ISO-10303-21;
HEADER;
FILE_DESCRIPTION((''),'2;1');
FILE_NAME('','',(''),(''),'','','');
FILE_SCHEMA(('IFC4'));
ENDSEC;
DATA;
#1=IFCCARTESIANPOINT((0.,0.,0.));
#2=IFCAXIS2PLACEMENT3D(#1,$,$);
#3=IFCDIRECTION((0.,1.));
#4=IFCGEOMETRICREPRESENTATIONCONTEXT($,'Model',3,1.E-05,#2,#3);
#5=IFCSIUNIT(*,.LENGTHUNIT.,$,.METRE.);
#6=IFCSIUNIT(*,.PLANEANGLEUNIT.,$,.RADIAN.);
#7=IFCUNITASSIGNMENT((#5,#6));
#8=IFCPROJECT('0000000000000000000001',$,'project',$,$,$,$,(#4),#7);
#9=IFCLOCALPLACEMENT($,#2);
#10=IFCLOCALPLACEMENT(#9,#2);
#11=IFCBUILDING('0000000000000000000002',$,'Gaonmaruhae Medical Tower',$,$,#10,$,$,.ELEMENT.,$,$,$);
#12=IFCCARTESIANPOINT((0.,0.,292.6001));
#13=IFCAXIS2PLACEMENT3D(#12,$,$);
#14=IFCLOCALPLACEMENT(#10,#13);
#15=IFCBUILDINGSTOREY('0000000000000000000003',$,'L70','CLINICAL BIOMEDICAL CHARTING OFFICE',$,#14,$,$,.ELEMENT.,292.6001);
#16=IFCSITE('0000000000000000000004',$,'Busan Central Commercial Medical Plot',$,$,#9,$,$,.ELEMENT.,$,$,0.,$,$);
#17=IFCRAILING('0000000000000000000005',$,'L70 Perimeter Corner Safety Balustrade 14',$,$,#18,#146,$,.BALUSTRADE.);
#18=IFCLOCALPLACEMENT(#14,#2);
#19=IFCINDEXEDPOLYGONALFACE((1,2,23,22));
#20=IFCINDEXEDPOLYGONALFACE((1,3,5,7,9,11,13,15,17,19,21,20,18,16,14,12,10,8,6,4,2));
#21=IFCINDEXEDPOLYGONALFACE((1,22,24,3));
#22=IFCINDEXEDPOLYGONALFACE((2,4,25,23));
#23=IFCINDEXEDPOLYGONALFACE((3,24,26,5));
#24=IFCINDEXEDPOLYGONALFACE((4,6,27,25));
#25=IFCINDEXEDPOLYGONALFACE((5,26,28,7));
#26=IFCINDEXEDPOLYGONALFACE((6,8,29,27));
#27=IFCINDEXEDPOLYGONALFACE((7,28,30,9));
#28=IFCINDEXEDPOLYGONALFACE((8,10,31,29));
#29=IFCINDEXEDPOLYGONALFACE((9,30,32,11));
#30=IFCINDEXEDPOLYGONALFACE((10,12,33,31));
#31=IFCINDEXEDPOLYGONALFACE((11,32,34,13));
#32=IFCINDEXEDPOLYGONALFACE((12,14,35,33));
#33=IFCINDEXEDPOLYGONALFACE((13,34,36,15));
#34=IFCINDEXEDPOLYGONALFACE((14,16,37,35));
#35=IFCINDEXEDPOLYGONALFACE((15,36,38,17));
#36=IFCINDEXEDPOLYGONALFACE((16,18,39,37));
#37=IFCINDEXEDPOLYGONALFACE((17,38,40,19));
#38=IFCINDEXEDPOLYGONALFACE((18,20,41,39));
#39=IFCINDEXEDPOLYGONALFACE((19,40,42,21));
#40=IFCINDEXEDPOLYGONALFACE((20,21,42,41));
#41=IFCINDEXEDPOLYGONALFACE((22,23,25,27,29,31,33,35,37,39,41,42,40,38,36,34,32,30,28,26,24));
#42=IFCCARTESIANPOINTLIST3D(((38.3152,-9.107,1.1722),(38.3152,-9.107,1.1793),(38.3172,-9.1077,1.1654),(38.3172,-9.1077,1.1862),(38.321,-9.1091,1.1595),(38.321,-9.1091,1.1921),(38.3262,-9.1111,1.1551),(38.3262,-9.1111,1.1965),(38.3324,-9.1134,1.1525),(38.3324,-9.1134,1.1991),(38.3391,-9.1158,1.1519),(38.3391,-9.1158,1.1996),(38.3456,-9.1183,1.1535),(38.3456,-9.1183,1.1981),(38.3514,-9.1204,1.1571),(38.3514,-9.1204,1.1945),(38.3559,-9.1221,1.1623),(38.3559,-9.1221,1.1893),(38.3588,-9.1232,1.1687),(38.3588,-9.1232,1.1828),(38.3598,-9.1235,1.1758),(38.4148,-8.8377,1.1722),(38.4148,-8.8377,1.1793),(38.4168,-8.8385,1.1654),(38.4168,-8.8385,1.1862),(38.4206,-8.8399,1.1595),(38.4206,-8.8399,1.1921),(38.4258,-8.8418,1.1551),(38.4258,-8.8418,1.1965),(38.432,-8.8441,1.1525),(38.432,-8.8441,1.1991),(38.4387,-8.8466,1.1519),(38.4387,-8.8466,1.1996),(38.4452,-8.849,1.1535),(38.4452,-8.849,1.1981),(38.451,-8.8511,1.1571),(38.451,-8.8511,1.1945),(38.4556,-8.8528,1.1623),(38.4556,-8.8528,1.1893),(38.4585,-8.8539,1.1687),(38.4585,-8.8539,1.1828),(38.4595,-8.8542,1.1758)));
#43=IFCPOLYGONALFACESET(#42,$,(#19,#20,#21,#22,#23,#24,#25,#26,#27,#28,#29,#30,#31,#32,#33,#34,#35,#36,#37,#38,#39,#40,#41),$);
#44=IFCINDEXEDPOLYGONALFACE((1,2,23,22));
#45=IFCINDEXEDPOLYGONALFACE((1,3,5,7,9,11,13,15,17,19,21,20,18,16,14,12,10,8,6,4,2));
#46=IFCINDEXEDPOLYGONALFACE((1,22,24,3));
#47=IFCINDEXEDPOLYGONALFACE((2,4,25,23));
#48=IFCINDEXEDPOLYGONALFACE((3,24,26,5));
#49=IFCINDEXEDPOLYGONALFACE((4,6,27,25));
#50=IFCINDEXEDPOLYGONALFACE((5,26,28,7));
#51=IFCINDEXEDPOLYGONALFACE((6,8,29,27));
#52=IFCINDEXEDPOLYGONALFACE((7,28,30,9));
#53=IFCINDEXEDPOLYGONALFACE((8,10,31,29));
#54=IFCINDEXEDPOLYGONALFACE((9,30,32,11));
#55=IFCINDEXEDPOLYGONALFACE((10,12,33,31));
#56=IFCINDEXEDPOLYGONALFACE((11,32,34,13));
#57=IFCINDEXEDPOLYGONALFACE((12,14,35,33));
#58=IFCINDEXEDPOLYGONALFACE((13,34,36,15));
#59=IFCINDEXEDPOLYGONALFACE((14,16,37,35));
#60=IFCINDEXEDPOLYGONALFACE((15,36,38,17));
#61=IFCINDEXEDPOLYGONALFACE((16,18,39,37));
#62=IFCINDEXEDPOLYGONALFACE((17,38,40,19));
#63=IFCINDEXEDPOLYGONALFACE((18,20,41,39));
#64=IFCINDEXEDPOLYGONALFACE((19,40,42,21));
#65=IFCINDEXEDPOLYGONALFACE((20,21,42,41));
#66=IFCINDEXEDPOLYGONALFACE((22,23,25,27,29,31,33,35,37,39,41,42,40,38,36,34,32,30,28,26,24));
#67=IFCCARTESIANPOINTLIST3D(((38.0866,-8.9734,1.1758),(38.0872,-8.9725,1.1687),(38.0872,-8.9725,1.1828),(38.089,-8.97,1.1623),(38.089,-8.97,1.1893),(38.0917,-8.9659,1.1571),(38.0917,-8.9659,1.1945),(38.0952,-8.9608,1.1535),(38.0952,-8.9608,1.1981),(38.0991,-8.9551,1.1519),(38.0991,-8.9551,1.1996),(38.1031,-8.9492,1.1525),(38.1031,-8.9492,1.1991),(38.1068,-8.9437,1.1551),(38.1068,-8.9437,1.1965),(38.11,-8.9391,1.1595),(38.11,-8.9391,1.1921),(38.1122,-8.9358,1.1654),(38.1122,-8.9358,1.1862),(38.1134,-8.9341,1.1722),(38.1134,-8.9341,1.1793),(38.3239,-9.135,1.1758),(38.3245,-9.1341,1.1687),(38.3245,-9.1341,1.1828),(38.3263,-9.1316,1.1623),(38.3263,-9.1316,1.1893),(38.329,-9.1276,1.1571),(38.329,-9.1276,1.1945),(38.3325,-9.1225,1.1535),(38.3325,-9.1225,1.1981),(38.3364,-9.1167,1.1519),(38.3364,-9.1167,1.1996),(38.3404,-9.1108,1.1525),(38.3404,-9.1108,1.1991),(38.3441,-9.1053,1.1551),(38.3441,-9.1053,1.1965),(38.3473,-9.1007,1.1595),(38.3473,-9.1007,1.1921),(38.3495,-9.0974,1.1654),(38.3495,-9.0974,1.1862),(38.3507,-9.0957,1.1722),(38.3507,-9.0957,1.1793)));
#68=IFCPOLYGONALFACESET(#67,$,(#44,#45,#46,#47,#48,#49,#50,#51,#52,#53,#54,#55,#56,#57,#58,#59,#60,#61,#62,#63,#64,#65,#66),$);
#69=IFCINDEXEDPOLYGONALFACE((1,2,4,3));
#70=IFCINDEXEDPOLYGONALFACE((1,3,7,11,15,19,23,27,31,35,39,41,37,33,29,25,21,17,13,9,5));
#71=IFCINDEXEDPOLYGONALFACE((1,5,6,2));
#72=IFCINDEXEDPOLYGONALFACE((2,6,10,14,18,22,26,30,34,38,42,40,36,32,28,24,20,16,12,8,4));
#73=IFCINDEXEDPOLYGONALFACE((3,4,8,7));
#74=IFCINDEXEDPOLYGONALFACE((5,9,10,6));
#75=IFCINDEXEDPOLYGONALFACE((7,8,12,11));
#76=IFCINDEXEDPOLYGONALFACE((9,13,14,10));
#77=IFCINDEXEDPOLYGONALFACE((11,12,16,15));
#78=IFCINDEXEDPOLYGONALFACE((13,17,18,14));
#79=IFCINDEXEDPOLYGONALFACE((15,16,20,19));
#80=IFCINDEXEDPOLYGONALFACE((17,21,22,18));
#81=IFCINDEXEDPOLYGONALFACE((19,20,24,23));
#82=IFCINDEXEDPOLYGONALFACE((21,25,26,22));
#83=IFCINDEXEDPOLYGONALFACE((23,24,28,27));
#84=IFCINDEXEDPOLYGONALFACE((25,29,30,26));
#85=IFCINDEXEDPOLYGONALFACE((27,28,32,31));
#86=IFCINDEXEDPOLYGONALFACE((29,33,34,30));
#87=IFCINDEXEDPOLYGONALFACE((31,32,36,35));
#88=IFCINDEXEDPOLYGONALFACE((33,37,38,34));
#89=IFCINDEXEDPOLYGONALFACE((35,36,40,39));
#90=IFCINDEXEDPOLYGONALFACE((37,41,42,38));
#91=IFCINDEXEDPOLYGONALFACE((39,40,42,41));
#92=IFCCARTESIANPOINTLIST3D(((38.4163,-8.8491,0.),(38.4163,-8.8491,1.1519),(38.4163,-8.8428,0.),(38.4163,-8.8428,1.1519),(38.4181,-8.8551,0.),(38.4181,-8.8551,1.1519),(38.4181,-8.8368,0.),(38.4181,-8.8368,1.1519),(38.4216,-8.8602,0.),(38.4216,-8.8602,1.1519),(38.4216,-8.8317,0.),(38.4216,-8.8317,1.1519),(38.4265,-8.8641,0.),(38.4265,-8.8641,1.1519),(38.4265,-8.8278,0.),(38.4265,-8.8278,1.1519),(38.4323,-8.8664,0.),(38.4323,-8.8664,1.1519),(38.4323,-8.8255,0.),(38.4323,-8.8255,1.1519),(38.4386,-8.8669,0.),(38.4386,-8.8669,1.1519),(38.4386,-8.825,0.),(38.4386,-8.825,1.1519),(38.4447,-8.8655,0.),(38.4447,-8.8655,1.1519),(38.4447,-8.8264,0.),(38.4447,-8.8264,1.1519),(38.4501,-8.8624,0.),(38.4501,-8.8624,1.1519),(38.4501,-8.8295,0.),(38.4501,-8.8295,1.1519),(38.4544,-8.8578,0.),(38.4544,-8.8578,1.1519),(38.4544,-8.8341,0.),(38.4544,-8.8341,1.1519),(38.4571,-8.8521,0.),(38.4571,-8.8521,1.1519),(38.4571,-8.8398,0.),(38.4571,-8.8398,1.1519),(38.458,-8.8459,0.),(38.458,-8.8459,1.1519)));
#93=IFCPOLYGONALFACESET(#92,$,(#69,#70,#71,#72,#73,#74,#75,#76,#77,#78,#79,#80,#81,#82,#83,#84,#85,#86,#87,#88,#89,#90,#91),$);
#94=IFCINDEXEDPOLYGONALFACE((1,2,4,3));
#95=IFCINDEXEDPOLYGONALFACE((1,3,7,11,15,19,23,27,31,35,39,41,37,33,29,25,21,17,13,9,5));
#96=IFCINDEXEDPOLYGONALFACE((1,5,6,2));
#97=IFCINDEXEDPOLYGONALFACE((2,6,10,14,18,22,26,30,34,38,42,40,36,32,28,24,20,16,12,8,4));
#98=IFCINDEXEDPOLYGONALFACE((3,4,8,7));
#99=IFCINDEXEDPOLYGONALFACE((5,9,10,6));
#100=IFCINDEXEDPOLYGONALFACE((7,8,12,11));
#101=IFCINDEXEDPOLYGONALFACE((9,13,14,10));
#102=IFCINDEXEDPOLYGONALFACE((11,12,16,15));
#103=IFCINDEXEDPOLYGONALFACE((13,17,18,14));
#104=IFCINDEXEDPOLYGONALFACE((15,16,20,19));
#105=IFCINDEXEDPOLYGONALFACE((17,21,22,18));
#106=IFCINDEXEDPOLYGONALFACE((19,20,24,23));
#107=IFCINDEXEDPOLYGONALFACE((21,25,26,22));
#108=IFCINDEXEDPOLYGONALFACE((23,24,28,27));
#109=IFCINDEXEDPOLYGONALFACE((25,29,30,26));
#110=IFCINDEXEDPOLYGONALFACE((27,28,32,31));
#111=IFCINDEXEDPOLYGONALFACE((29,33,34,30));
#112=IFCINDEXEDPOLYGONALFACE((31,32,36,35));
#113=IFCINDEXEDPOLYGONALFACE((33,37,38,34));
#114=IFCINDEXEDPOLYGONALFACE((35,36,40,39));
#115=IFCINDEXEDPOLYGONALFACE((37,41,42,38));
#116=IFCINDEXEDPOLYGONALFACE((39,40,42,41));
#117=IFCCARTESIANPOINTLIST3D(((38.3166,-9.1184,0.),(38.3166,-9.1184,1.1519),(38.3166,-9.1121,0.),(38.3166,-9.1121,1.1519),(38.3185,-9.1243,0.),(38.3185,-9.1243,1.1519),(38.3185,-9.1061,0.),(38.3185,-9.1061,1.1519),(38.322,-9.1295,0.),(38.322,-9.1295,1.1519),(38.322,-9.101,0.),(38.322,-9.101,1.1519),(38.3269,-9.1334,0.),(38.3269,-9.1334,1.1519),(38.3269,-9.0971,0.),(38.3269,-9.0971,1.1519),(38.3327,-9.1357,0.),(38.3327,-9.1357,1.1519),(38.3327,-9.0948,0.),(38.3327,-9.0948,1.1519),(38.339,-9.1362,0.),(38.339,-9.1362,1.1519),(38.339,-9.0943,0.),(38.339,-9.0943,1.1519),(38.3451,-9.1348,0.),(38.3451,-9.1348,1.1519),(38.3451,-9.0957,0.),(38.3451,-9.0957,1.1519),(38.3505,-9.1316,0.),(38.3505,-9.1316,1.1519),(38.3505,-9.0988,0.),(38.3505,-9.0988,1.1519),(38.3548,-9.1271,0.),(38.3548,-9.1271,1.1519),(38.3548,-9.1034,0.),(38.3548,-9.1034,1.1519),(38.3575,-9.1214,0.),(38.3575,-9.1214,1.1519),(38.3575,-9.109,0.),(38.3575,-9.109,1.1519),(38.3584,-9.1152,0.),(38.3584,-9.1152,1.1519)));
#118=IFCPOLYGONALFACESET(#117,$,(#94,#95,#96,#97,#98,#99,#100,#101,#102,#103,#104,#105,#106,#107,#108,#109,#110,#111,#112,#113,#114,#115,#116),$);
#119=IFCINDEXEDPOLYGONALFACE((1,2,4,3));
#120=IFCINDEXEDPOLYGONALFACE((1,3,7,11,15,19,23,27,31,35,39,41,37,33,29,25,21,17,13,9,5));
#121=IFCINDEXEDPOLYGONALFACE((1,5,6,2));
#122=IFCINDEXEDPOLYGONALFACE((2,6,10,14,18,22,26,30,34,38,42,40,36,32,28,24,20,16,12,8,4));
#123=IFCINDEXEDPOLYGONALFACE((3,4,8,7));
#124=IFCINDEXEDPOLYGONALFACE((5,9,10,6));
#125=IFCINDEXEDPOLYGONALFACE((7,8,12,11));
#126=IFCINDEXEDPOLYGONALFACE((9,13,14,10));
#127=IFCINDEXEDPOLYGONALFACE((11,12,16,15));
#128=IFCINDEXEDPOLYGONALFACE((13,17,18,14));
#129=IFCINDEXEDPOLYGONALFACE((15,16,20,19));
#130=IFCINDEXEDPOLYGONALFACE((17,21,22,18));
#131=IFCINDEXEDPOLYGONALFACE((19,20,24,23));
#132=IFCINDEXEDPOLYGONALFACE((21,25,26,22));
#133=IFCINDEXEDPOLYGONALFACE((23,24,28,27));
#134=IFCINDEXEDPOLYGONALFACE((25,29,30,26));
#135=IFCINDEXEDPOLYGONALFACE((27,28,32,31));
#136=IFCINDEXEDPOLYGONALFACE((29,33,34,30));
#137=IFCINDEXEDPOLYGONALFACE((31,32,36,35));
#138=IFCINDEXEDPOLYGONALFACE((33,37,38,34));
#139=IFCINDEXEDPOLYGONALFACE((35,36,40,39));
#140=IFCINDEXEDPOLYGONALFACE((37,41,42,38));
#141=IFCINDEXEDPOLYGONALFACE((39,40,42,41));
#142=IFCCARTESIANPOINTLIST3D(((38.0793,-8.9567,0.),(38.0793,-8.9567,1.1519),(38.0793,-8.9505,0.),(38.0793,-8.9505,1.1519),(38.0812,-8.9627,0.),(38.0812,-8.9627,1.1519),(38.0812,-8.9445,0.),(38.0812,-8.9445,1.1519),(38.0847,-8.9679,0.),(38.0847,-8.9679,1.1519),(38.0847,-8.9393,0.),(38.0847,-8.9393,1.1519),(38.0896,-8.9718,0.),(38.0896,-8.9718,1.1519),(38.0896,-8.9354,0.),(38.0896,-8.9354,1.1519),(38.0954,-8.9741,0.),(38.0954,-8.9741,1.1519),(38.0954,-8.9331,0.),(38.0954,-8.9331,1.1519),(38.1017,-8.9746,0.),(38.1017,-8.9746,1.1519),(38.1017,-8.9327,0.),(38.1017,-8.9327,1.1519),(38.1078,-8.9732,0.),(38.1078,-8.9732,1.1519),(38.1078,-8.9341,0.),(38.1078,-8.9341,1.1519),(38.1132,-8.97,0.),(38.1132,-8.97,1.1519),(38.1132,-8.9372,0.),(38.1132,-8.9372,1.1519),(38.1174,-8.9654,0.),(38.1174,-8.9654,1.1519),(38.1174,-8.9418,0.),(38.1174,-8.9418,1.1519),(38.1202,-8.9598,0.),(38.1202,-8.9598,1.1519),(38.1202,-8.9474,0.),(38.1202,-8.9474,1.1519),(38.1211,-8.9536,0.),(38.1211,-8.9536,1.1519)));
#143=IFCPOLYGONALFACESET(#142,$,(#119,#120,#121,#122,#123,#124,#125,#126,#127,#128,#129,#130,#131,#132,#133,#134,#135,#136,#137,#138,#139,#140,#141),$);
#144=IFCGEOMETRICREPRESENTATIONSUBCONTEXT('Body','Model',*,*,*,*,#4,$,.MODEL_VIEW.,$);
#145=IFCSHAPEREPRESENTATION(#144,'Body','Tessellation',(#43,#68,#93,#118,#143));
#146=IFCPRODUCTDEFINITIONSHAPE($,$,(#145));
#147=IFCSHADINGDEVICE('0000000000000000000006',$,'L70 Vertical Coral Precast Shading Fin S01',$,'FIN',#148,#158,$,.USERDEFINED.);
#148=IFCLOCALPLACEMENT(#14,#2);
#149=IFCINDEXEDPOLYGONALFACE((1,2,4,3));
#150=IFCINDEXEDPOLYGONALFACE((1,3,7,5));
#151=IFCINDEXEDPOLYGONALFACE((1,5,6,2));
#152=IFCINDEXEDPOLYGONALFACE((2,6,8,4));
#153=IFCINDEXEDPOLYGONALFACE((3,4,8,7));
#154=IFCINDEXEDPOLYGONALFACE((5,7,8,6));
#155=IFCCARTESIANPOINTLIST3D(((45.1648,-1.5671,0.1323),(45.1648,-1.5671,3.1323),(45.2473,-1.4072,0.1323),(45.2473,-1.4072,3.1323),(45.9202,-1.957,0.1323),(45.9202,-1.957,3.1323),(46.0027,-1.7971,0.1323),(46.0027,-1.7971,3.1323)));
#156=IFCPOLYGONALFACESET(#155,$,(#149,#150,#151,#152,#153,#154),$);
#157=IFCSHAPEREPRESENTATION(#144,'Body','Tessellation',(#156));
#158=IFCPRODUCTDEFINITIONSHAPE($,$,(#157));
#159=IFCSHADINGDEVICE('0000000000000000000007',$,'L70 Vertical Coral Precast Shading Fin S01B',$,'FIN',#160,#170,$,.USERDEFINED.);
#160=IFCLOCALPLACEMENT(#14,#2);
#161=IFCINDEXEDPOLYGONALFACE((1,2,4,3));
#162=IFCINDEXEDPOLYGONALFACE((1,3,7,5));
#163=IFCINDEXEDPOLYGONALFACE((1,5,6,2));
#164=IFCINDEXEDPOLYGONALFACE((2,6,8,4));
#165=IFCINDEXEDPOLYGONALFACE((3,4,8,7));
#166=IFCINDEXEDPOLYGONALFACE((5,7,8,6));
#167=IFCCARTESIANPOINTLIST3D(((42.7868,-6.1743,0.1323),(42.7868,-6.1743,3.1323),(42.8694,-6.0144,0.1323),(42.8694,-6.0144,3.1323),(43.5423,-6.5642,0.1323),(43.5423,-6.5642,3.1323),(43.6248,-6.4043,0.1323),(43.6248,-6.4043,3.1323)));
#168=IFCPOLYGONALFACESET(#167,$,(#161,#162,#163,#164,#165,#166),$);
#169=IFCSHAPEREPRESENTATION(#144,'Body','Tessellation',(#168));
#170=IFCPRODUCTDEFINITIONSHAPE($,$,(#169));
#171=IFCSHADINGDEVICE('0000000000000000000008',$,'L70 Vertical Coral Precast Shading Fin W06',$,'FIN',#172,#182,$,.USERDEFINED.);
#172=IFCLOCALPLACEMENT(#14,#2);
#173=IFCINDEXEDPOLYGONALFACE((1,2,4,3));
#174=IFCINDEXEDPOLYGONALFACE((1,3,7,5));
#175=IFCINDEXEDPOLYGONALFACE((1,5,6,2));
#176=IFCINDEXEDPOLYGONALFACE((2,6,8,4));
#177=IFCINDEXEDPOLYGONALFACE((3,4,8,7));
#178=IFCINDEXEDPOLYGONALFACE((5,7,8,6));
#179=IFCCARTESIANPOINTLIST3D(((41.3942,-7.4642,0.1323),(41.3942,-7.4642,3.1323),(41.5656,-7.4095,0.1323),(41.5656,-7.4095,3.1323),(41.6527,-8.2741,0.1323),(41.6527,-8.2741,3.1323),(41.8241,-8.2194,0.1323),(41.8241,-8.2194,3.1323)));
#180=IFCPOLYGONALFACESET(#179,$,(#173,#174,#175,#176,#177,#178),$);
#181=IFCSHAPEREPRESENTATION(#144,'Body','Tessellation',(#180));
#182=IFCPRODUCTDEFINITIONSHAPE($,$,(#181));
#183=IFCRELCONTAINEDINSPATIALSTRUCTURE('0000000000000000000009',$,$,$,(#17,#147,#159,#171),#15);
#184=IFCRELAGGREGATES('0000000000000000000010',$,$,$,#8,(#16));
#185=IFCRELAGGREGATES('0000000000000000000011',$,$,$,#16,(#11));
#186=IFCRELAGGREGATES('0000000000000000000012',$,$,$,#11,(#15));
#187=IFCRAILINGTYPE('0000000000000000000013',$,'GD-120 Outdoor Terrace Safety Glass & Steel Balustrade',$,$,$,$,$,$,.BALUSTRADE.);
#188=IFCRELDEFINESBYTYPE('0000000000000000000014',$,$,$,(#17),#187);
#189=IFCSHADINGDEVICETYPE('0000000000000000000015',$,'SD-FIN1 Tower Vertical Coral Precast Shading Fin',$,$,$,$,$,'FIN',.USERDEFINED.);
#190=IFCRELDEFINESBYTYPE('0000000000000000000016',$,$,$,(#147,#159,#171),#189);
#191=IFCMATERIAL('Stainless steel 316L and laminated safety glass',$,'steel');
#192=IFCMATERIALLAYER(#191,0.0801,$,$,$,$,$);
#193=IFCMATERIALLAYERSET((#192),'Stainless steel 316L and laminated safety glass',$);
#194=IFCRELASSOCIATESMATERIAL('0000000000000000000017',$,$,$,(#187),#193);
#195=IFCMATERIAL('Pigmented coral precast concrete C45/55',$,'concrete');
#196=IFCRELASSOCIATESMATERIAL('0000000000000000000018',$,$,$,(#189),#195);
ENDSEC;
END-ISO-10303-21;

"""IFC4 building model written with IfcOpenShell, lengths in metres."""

from ifc_helpers import new_model, si_unit, direction, frame, origin, origin_2d, place, context, subcontext, project, spatial, rectangle, circle, extrude, material, layer, layer_set, type_object, element, save


model = new_model("IFC4")

# Units and contexts
model_context = context("Model", 3, precision=1e-05, world=origin(), true_north=direction((0.0, 1.0)))
body_context = subcontext(model_context, "Body", "Model", "MODEL_VIEW")
ifc_project = project(units=[si_unit("LENGTHUNIT", "METRE"), si_unit("PLANEANGLEUNIT", "RADIAN")], contexts=[model_context])

# Site, building, storey
site_placement = place(None, origin())
site = spatial("IfcSite", under=ifc_project, at=site_placement, Name="Busan Central Commercial Medical Plot", CompositionType="ELEMENT", RefElevation=0.0)
building_placement = place(site_placement, origin())
building = spatial("IfcBuilding", under=site, at=building_placement, Name="Gaonmaruhae Medical Tower", CompositionType="ELEMENT")
storey_placement = place(building_placement, frame((0.0, 0.0, 292.6001)))
storey = spatial("IfcBuildingStorey", under=building, at=storey_placement, Name="L70", Description="CLINICAL BIOMEDICAL CHARTING OFFICE", CompositionType="ELEMENT", Elevation=292.6001)

# Railing
ifc_material_1 = material(Name="Stainless steel 316L and laminated safety glass", Category="steel")
ifc_layer_1 = layer(ifc_material_1, 0.0801)
ifc_layer_set_1 = layer_set([ifc_layer_1], Name="Stainless steel 316L and laminated safety glass")
railing_type = type_object("IfcRailingType", Name="GD-120 Outdoor Terrace Safety Glass & Steel Balustrade", PredefinedType="BALUSTRADE", material=ifc_layer_set_1)
railing_1_placement = place(storey_placement, frame((38.437, -8.8459, 0.0)))
element("IfcRailing", 1, at=railing_1_placement, inside=storey, type_object=railing_type, Name="L70 Perimeter Corner Safety Balustrade 14", PredefinedType="BALUSTRADE", context=body_context, shape_type="SweptSolid", body=[
    extrude(circle(Radius=0.0239, at=origin_2d()), frame((0.0, 0.0, 1.1758), z_axis=(-0.346927, -0.937892, 0.0), x_axis=(0.937892, -0.346927, 0.0)), (0.0, 0.0, 1.0), 0.2871),
    extrude(circle(Radius=0.0239, at=origin_2d()), frame((-0.0996, -0.2693, 1.1758), z_axis=(-0.826515, 0.562915, 0.0), x_axis=(-0.562915, -0.826515, 0.0)), (0.0, 0.0, 1.0), 0.2871),
    extrude(circle(Radius=0.021, at=origin_2d()), origin(), (0.0, 0.0, 1.0), 1.1519),
    extrude(circle(Radius=0.021, at=origin_2d()), frame((-0.0996, -0.2693, 0.0)), (0.0, 0.0, 1.0), 1.1519),
    extrude(circle(Radius=0.021, at=origin_2d()), frame((-0.3369, -0.1077, 0.0)), (0.0, 0.0, 1.0), 1.1519),
])

# Shading devices
ifc_material_2 = material(Name="Pigmented coral precast concrete C45/55", Category="concrete")
shading_device_type = type_object("IfcShadingDeviceType", Name="SD-FIN1 Tower Vertical Coral Precast Shading Fin", ElementType="FIN", PredefinedType="USERDEFINED", material=ifc_material_2)
for number, where, z_axis, x_axis, name in (
    (2, (45.5837, -1.6821, 0.1323), (0.0, 0.0, 1.0), (-0.45865, -0.888617, 0.0), "L70 Vertical Coral Precast Shading Fin S01"),
    (3, (43.2058, -6.2893, 0.1323), (0.0, 0.0, 1.0), (-0.45865, -0.888617, 0.0), "L70 Vertical Coral Precast Shading Fin S01B"),
    (4, (41.6091, -7.8418, 0.1323), (0.0, 0.0, 1.0), (-0.952661, -0.304033, 0.0), "L70 Vertical Coral Precast Shading Fin W06"),
):
    element("IfcShadingDevice", number, at=place(storey_placement, frame(where, z_axis=z_axis, x_axis=x_axis)), inside=storey, type_object=shading_device_type, Name=name, ObjectType="FIN", PredefinedType="USERDEFINED", context=body_context, shape_type="SweptSolid", body=[
        extrude(rectangle(XDim=0.1799, YDim=0.8501, at=origin_2d()), origin(), (0.0, 0.0, 1.0), 3.0),
    ])

save(model, "model.ifc")
